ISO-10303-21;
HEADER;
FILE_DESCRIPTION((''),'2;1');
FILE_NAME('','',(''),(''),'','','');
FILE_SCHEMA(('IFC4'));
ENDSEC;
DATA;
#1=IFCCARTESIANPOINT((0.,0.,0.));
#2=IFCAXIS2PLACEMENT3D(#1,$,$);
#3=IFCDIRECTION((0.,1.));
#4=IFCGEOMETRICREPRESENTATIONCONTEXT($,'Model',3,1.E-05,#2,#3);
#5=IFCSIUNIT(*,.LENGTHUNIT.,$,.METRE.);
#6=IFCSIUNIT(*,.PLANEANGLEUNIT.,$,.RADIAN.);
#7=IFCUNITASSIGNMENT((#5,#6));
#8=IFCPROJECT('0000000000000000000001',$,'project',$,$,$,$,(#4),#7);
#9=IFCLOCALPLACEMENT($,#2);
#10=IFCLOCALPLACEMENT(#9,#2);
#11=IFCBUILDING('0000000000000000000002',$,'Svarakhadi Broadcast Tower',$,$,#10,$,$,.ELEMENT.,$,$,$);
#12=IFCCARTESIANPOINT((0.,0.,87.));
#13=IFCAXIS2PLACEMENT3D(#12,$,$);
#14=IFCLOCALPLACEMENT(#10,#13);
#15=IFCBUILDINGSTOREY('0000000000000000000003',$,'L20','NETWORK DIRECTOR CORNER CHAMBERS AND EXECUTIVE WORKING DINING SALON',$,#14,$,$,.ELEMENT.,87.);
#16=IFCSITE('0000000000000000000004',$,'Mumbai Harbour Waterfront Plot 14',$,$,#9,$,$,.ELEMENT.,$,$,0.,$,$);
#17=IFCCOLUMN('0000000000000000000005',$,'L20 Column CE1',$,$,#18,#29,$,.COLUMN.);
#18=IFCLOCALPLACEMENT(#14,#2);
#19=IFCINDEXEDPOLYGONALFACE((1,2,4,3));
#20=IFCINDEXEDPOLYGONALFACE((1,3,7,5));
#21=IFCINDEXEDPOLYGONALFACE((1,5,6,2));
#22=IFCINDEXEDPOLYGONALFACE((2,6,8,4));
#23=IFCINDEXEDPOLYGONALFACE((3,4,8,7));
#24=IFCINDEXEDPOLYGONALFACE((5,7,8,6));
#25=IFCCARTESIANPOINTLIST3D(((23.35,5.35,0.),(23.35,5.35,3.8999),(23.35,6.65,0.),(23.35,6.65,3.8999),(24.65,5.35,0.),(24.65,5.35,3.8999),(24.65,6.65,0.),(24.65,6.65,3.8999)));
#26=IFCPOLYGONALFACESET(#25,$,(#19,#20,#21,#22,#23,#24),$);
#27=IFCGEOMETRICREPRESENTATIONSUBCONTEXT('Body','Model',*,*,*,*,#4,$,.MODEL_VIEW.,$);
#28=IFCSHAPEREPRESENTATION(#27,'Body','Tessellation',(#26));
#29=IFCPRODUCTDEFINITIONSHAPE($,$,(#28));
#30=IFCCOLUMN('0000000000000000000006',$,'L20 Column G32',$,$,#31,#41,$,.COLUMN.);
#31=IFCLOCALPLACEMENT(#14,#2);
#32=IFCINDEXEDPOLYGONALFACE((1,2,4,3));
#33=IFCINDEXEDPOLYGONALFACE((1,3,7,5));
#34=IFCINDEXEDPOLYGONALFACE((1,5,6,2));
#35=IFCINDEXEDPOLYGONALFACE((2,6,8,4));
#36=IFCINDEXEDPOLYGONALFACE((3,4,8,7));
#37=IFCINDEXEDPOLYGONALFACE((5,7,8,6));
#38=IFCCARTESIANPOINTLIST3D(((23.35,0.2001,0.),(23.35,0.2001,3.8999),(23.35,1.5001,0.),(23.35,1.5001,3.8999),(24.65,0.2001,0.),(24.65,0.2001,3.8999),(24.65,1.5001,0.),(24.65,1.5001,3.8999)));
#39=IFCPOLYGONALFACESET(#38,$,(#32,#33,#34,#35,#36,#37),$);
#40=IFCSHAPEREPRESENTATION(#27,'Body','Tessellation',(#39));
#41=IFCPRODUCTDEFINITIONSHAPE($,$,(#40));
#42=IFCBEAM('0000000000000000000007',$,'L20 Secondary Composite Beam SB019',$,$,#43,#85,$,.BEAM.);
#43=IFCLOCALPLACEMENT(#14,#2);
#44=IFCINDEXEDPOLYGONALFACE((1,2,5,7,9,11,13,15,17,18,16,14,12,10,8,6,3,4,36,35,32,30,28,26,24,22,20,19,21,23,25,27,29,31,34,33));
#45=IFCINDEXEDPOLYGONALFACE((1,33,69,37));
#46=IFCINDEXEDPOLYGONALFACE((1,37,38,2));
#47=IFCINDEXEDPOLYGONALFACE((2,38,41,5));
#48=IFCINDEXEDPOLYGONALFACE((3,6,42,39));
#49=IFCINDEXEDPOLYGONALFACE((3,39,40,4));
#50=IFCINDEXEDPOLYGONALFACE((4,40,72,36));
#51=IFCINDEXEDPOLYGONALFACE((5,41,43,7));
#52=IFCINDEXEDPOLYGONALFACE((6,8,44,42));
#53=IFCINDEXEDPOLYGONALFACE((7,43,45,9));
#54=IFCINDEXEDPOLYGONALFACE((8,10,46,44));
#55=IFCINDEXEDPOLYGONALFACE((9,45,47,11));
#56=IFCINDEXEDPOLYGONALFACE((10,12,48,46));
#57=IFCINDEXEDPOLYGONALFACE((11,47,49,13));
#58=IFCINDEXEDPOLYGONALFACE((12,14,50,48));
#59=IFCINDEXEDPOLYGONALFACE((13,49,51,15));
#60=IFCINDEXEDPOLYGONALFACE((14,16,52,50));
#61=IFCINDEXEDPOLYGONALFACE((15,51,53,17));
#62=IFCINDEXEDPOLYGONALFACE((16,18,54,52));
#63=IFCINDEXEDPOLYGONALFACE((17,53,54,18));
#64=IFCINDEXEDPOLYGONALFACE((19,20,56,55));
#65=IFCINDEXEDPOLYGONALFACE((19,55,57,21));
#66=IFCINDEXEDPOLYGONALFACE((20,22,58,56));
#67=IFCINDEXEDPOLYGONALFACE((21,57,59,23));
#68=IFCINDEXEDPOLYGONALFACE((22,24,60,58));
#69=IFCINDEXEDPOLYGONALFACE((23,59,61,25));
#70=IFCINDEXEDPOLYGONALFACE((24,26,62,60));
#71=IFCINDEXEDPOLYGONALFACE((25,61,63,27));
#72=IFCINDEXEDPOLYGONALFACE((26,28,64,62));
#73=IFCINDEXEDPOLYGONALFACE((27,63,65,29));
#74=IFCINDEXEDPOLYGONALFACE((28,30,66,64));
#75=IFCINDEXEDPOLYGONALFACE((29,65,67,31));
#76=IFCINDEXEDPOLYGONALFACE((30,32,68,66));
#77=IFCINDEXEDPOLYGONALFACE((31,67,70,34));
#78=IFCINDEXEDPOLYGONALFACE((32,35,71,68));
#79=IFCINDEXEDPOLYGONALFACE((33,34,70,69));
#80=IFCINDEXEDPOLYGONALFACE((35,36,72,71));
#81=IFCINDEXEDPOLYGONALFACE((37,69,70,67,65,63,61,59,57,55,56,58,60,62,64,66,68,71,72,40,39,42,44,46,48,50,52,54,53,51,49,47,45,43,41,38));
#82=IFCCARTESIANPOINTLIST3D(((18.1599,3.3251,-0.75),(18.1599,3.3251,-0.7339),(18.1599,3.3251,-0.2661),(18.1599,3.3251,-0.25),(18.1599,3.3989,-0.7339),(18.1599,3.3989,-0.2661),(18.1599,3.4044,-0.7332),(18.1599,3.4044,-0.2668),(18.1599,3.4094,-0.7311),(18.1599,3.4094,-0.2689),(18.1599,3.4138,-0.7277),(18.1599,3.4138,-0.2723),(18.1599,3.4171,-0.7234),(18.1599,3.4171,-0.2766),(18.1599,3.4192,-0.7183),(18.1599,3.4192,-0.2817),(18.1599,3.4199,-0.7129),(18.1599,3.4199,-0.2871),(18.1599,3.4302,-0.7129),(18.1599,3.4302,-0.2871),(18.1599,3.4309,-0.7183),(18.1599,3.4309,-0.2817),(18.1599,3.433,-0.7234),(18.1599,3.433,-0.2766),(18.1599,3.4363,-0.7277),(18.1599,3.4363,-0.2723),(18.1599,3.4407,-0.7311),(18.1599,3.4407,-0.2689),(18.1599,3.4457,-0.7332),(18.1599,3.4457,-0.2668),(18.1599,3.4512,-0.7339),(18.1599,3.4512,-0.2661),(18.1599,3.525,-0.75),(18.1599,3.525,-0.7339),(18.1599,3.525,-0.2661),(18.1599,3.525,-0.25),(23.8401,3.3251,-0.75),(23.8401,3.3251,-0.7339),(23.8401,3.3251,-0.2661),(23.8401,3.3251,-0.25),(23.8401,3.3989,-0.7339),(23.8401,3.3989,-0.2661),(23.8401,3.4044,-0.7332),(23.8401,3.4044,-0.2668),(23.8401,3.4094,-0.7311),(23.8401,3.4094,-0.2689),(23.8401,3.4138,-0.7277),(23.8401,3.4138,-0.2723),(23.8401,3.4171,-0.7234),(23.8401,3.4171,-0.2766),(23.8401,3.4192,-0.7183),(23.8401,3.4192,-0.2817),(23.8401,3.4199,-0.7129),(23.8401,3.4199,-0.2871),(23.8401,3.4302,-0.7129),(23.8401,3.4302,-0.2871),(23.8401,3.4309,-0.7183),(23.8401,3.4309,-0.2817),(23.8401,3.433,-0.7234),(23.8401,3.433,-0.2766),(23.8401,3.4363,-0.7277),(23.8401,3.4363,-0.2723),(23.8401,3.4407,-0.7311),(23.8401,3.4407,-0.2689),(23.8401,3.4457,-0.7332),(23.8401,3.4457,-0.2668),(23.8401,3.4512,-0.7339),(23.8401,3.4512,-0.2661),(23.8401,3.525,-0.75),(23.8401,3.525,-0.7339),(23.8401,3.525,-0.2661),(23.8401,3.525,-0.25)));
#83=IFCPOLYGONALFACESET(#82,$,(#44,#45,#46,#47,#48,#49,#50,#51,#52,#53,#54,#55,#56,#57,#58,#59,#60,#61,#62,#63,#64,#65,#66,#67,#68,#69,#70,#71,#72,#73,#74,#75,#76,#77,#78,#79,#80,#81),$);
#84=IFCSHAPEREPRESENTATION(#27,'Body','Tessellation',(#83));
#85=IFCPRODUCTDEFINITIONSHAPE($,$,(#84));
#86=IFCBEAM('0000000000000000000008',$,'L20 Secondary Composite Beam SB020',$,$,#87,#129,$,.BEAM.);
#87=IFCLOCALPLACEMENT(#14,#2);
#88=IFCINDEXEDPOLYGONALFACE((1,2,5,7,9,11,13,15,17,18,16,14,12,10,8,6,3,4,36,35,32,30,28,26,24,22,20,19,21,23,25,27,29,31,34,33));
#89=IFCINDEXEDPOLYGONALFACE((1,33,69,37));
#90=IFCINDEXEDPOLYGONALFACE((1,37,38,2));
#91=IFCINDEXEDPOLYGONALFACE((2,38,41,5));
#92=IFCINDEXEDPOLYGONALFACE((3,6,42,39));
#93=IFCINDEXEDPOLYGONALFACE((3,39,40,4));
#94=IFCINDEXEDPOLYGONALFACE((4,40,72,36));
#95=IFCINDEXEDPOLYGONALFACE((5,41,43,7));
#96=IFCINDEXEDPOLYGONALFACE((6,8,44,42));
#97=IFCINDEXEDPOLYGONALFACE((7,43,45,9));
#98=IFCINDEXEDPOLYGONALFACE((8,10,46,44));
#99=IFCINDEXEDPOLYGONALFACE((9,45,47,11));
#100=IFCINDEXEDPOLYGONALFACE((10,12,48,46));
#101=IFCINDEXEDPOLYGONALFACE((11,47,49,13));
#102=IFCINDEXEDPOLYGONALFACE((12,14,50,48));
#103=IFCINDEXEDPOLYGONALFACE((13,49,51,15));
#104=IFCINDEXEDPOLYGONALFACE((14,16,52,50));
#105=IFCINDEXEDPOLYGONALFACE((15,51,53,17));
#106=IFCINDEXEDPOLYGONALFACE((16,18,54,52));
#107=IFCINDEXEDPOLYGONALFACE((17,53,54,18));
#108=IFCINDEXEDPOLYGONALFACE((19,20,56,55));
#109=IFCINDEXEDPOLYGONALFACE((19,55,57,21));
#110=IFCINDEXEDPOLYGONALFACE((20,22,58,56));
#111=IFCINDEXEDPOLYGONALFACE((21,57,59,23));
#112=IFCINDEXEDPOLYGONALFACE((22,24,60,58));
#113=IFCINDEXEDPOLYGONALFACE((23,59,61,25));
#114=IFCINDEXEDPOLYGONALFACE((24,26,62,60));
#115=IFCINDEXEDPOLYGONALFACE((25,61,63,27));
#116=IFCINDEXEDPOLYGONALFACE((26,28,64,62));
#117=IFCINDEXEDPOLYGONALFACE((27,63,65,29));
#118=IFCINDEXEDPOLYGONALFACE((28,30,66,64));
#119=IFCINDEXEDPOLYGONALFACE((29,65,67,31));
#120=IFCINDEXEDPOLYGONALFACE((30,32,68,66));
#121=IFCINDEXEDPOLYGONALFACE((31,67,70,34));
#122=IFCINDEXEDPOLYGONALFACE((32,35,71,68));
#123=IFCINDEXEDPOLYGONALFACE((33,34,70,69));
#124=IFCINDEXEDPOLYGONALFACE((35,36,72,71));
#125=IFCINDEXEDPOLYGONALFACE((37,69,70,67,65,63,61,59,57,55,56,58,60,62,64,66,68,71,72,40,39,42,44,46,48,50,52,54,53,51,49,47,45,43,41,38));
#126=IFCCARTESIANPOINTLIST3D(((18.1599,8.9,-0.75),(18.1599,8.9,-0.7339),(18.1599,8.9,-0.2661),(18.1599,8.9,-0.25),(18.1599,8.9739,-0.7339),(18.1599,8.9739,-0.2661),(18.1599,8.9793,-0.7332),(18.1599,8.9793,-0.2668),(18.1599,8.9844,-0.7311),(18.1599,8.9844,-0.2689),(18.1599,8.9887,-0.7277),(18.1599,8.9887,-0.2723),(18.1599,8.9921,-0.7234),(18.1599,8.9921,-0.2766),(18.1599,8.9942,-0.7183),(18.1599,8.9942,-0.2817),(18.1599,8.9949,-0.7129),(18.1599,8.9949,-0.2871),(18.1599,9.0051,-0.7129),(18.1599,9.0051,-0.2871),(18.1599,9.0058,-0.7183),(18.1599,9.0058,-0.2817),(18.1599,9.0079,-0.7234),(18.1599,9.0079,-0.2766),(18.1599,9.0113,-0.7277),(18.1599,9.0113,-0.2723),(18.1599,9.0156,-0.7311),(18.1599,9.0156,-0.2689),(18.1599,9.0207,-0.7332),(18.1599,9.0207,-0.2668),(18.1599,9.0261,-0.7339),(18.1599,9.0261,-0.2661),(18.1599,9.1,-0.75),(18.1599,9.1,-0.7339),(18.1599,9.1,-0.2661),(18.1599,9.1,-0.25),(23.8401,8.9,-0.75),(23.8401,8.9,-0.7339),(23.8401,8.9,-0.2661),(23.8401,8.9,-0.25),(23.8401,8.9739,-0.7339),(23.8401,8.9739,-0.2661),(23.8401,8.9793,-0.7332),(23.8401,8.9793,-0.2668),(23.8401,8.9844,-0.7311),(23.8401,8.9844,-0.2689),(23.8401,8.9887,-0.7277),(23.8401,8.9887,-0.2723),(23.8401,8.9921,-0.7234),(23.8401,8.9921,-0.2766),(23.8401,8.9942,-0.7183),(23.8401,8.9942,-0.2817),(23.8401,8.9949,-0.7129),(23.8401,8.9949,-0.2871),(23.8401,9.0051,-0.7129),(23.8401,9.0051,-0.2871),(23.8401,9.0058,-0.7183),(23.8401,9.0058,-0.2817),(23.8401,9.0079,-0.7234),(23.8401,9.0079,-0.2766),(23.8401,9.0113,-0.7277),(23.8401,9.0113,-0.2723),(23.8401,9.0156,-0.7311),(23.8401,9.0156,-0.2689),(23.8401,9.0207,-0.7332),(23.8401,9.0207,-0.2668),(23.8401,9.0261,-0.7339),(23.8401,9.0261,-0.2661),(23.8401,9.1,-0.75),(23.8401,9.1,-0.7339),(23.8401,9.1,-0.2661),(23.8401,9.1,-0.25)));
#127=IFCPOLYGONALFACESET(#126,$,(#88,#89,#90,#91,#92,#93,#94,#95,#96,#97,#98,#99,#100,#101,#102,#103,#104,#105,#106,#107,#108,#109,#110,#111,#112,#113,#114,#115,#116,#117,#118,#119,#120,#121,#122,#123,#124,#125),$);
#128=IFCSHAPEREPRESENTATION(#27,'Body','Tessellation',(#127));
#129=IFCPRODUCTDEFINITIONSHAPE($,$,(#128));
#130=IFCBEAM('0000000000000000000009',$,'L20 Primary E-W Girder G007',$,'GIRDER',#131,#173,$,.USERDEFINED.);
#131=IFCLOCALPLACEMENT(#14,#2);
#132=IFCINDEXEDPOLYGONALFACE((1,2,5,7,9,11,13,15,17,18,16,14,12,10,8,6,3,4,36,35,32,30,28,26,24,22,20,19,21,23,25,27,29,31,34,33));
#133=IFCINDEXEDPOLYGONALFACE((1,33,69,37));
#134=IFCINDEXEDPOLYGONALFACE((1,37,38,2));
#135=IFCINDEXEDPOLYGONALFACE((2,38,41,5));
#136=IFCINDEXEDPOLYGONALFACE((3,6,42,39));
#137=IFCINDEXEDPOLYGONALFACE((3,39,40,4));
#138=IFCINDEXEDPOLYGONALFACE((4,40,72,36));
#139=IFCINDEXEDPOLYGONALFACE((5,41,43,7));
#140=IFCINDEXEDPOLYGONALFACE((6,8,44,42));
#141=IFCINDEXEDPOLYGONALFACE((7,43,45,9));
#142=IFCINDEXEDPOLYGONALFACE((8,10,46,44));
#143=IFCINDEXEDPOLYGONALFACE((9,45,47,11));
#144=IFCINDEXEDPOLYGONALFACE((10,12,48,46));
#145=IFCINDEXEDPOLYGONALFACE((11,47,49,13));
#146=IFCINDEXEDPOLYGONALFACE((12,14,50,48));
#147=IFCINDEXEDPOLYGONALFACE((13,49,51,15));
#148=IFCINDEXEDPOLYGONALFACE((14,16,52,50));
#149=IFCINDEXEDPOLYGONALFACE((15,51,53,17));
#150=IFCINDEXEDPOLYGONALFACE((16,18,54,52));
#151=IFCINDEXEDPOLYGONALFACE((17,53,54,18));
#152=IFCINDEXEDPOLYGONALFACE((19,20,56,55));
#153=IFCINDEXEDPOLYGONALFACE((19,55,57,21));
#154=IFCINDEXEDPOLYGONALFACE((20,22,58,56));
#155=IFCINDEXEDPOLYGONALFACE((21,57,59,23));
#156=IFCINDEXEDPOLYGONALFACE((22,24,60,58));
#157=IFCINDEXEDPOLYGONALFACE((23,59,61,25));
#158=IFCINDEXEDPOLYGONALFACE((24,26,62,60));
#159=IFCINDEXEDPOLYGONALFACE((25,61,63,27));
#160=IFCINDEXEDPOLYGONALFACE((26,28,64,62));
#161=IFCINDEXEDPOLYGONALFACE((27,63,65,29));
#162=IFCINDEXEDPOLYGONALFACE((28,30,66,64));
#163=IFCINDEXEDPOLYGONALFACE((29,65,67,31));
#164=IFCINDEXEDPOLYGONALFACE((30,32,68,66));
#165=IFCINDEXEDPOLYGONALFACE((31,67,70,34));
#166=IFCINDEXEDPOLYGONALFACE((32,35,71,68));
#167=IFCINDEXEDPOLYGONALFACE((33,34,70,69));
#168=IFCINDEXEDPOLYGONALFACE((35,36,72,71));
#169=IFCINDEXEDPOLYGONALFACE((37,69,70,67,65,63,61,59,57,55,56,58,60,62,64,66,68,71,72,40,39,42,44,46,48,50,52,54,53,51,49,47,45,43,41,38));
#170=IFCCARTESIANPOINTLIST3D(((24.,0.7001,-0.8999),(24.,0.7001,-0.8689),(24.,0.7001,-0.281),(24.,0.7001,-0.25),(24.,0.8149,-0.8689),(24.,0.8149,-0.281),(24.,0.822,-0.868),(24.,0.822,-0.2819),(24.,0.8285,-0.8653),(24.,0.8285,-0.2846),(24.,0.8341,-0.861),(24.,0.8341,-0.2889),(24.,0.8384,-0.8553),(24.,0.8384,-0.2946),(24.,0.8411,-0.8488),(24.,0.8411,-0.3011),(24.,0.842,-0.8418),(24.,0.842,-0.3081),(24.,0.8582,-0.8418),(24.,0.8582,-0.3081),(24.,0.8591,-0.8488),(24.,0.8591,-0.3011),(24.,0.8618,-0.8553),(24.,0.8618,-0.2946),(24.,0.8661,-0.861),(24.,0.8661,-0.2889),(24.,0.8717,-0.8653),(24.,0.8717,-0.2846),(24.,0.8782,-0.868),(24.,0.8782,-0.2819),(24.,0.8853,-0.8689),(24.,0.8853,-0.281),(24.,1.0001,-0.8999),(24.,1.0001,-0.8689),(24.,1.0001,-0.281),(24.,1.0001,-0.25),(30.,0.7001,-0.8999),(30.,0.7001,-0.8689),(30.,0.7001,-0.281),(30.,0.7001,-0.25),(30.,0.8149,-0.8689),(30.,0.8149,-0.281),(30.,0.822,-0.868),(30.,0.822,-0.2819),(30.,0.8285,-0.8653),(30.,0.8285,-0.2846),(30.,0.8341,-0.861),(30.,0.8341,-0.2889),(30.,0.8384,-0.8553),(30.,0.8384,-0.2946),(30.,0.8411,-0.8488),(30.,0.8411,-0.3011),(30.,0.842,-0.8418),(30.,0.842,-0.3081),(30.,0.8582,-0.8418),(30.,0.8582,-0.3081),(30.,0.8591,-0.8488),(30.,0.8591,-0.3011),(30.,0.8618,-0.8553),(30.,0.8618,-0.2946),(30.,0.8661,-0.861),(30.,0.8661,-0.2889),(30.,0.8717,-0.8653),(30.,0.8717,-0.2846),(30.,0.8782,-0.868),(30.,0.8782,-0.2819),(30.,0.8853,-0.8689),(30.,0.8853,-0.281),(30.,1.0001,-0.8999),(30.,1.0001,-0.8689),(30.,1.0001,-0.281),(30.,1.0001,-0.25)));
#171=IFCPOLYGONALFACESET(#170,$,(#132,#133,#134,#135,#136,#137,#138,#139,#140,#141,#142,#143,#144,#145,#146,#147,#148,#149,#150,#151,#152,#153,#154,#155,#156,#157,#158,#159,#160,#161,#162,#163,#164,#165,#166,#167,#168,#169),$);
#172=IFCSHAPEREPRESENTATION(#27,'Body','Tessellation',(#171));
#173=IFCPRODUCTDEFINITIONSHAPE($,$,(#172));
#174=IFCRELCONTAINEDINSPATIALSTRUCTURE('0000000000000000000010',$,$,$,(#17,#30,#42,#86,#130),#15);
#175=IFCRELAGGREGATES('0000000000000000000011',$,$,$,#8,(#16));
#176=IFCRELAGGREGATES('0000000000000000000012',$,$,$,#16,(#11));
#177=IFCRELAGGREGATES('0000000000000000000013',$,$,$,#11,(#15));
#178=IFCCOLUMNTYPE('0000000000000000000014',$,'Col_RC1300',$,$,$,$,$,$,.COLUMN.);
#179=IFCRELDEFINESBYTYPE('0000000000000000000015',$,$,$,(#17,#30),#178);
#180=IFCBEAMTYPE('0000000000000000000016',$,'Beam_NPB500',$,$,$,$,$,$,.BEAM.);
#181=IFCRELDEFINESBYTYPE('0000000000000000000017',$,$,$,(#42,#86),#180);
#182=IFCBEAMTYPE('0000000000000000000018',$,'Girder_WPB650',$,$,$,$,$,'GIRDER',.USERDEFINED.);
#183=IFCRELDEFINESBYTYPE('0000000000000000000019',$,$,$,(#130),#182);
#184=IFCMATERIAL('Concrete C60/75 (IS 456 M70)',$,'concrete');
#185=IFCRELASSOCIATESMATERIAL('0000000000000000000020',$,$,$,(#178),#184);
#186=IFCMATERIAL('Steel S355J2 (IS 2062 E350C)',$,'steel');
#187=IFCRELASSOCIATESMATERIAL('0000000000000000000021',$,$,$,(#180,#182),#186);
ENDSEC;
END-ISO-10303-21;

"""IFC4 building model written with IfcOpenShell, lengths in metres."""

from ifc_helpers import new_model, si_unit, direction, frame, origin, origin_2d, place, context, subcontext, project, spatial, rectangle, i_section, extrude, material, material_profile, profile_set, type_object, element, save


model = new_model("IFC4")

# Units and contexts
model_context = context("Model", 3, precision=1e-05, world=origin(), true_north=direction((0.0, 1.0)))
body_context = subcontext(model_context, "Body", "Model", "MODEL_VIEW")
ifc_project = project(units=[si_unit("LENGTHUNIT", "METRE"), si_unit("PLANEANGLEUNIT", "RADIAN")], contexts=[model_context])

# Site, building, storey
site_placement = place(None, origin())
site = spatial("IfcSite", under=ifc_project, at=site_placement, Name="Mumbai Harbour Waterfront Plot 14", CompositionType="ELEMENT", RefElevation=0.0)
building_placement = place(site_placement, origin())
building = spatial("IfcBuilding", under=site, at=building_placement, Name="Svarakhadi Broadcast Tower", CompositionType="ELEMENT")
storey_placement = place(building_placement, frame((0.0, 0.0, 87.0)))
storey = spatial("IfcBuildingStorey", under=building, at=storey_placement, Name="L20", Description="NETWORK DIRECTOR CORNER CHAMBERS AND EXECUTIVE WORKING DINING SALON", CompositionType="ELEMENT", Elevation=87.0)

# Columns
ifc_material_1 = material(Name="Concrete C60/75 (IS 456 M70)", Category="concrete")
ifc_material_profile_1 = material_profile(ifc_material_1, rectangle(XDim=1.3, YDim=1.3, at=origin_2d()), Name="RC 1300x1300")
ifc_profile_set_1 = profile_set([ifc_material_profile_1], Name="Concrete C60/75 (IS 456 M70)")
column_type = type_object("IfcColumnType", Name="Col_RC1300", PredefinedType="COLUMN", material=ifc_profile_set_1)
for number, where, z_axis, x_axis, name in (
    (1, (24.0, 6.0, 0.0), (0.0, 0.0, 1.0), (1.0, 0.0, 0.0), "L20 Column CE1"),
    (2, (24.0, 0.8501, 0.0), (0.0, 0.0, 1.0), (1.0, 0.0, 0.0), "L20 Column G32"),
):
    element("IfcColumn", number, at=place(storey_placement, frame(where, z_axis=z_axis, x_axis=x_axis)), inside=storey, type_object=column_type, Name=name, PredefinedType="COLUMN", context=body_context, shape_type="SweptSolid", body=[
        extrude(rectangle(XDim=1.3, YDim=1.3, at=origin_2d()), origin(), (0.0, 0.0, 1.0), 3.8999),
    ])

# Beams
ifc_material_2 = material(Name="Steel S355J2 (IS 2062 E350C)", Category="steel")
ifc_material_profile_2 = material_profile(ifc_material_2, i_section(OverallWidth=0.2, OverallDepth=0.5, WebThickness=0.0103, FlangeThickness=0.0161, FilletRadius=0.021, at=origin_2d()), Name="NPB 500x200x91")
ifc_profile_set_2 = profile_set([ifc_material_profile_2], Name="Steel S355J2 (IS 2062 E350C)")
beam_type_1 = type_object("IfcBeamType", Name="Beam_NPB500", PredefinedType="BEAM", material=ifc_profile_set_2)
for number, where, z_axis, x_axis, name in (
    (3, (18.1599, 3.425, -0.5), (1.0, 0.0, 0.0), (0.0, 1.0, 0.0), "L20 Secondary Composite Beam SB019"),
    (4, (18.1599, 9.0, -0.5), (1.0, 0.0, 0.0), (0.0, 1.0, 0.0), "L20 Secondary Composite Beam SB020"),
):
    element("IfcBeam", number, at=place(storey_placement, frame(where, z_axis=z_axis, x_axis=x_axis)), inside=storey, type_object=beam_type_1, Name=name, PredefinedType="BEAM", context=body_context, shape_type="SweptSolid", body=[
        extrude(i_section(OverallWidth=0.2, OverallDepth=0.5, WebThickness=0.0103, FlangeThickness=0.0161, FilletRadius=0.021, at=origin_2d()), origin(), (0.0, 0.0, 1.0), 5.6802),
    ])
ifc_material_profile_3 = material_profile(ifc_material_2, i_section(OverallWidth=0.3, OverallDepth=0.6499, WebThickness=0.0161, FlangeThickness=0.031, FilletRadius=0.0271, at=origin_2d()), Name="WPB 650x300x225")
ifc_profile_set_3 = profile_set([ifc_material_profile_3], Name="Steel S355J2 (IS 2062 E350C)")
beam_type_2 = type_object("IfcBeamType", Name="Girder_WPB650", ElementType="GIRDER", PredefinedType="USERDEFINED", material=ifc_profile_set_3)
beam_1_placement = place(storey_placement, frame((24.0, 0.8501, -0.575), z_axis=(1.0, 0.0, 0.0), x_axis=(0.0, 1.0, 0.0)))
element("IfcBeam", 5, at=beam_1_placement, inside=storey, type_object=beam_type_2, Name="L20 Primary E-W Girder G007", ObjectType="GIRDER", PredefinedType="USERDEFINED", context=body_context, shape_type="SweptSolid", body=[
    extrude(i_section(OverallWidth=0.3, OverallDepth=0.6499, WebThickness=0.0161, FlangeThickness=0.031, FilletRadius=0.0271, at=origin_2d()), origin(), (0.0, 0.0, 1.0), 6.0),
])

save(model, "model.ifc")
